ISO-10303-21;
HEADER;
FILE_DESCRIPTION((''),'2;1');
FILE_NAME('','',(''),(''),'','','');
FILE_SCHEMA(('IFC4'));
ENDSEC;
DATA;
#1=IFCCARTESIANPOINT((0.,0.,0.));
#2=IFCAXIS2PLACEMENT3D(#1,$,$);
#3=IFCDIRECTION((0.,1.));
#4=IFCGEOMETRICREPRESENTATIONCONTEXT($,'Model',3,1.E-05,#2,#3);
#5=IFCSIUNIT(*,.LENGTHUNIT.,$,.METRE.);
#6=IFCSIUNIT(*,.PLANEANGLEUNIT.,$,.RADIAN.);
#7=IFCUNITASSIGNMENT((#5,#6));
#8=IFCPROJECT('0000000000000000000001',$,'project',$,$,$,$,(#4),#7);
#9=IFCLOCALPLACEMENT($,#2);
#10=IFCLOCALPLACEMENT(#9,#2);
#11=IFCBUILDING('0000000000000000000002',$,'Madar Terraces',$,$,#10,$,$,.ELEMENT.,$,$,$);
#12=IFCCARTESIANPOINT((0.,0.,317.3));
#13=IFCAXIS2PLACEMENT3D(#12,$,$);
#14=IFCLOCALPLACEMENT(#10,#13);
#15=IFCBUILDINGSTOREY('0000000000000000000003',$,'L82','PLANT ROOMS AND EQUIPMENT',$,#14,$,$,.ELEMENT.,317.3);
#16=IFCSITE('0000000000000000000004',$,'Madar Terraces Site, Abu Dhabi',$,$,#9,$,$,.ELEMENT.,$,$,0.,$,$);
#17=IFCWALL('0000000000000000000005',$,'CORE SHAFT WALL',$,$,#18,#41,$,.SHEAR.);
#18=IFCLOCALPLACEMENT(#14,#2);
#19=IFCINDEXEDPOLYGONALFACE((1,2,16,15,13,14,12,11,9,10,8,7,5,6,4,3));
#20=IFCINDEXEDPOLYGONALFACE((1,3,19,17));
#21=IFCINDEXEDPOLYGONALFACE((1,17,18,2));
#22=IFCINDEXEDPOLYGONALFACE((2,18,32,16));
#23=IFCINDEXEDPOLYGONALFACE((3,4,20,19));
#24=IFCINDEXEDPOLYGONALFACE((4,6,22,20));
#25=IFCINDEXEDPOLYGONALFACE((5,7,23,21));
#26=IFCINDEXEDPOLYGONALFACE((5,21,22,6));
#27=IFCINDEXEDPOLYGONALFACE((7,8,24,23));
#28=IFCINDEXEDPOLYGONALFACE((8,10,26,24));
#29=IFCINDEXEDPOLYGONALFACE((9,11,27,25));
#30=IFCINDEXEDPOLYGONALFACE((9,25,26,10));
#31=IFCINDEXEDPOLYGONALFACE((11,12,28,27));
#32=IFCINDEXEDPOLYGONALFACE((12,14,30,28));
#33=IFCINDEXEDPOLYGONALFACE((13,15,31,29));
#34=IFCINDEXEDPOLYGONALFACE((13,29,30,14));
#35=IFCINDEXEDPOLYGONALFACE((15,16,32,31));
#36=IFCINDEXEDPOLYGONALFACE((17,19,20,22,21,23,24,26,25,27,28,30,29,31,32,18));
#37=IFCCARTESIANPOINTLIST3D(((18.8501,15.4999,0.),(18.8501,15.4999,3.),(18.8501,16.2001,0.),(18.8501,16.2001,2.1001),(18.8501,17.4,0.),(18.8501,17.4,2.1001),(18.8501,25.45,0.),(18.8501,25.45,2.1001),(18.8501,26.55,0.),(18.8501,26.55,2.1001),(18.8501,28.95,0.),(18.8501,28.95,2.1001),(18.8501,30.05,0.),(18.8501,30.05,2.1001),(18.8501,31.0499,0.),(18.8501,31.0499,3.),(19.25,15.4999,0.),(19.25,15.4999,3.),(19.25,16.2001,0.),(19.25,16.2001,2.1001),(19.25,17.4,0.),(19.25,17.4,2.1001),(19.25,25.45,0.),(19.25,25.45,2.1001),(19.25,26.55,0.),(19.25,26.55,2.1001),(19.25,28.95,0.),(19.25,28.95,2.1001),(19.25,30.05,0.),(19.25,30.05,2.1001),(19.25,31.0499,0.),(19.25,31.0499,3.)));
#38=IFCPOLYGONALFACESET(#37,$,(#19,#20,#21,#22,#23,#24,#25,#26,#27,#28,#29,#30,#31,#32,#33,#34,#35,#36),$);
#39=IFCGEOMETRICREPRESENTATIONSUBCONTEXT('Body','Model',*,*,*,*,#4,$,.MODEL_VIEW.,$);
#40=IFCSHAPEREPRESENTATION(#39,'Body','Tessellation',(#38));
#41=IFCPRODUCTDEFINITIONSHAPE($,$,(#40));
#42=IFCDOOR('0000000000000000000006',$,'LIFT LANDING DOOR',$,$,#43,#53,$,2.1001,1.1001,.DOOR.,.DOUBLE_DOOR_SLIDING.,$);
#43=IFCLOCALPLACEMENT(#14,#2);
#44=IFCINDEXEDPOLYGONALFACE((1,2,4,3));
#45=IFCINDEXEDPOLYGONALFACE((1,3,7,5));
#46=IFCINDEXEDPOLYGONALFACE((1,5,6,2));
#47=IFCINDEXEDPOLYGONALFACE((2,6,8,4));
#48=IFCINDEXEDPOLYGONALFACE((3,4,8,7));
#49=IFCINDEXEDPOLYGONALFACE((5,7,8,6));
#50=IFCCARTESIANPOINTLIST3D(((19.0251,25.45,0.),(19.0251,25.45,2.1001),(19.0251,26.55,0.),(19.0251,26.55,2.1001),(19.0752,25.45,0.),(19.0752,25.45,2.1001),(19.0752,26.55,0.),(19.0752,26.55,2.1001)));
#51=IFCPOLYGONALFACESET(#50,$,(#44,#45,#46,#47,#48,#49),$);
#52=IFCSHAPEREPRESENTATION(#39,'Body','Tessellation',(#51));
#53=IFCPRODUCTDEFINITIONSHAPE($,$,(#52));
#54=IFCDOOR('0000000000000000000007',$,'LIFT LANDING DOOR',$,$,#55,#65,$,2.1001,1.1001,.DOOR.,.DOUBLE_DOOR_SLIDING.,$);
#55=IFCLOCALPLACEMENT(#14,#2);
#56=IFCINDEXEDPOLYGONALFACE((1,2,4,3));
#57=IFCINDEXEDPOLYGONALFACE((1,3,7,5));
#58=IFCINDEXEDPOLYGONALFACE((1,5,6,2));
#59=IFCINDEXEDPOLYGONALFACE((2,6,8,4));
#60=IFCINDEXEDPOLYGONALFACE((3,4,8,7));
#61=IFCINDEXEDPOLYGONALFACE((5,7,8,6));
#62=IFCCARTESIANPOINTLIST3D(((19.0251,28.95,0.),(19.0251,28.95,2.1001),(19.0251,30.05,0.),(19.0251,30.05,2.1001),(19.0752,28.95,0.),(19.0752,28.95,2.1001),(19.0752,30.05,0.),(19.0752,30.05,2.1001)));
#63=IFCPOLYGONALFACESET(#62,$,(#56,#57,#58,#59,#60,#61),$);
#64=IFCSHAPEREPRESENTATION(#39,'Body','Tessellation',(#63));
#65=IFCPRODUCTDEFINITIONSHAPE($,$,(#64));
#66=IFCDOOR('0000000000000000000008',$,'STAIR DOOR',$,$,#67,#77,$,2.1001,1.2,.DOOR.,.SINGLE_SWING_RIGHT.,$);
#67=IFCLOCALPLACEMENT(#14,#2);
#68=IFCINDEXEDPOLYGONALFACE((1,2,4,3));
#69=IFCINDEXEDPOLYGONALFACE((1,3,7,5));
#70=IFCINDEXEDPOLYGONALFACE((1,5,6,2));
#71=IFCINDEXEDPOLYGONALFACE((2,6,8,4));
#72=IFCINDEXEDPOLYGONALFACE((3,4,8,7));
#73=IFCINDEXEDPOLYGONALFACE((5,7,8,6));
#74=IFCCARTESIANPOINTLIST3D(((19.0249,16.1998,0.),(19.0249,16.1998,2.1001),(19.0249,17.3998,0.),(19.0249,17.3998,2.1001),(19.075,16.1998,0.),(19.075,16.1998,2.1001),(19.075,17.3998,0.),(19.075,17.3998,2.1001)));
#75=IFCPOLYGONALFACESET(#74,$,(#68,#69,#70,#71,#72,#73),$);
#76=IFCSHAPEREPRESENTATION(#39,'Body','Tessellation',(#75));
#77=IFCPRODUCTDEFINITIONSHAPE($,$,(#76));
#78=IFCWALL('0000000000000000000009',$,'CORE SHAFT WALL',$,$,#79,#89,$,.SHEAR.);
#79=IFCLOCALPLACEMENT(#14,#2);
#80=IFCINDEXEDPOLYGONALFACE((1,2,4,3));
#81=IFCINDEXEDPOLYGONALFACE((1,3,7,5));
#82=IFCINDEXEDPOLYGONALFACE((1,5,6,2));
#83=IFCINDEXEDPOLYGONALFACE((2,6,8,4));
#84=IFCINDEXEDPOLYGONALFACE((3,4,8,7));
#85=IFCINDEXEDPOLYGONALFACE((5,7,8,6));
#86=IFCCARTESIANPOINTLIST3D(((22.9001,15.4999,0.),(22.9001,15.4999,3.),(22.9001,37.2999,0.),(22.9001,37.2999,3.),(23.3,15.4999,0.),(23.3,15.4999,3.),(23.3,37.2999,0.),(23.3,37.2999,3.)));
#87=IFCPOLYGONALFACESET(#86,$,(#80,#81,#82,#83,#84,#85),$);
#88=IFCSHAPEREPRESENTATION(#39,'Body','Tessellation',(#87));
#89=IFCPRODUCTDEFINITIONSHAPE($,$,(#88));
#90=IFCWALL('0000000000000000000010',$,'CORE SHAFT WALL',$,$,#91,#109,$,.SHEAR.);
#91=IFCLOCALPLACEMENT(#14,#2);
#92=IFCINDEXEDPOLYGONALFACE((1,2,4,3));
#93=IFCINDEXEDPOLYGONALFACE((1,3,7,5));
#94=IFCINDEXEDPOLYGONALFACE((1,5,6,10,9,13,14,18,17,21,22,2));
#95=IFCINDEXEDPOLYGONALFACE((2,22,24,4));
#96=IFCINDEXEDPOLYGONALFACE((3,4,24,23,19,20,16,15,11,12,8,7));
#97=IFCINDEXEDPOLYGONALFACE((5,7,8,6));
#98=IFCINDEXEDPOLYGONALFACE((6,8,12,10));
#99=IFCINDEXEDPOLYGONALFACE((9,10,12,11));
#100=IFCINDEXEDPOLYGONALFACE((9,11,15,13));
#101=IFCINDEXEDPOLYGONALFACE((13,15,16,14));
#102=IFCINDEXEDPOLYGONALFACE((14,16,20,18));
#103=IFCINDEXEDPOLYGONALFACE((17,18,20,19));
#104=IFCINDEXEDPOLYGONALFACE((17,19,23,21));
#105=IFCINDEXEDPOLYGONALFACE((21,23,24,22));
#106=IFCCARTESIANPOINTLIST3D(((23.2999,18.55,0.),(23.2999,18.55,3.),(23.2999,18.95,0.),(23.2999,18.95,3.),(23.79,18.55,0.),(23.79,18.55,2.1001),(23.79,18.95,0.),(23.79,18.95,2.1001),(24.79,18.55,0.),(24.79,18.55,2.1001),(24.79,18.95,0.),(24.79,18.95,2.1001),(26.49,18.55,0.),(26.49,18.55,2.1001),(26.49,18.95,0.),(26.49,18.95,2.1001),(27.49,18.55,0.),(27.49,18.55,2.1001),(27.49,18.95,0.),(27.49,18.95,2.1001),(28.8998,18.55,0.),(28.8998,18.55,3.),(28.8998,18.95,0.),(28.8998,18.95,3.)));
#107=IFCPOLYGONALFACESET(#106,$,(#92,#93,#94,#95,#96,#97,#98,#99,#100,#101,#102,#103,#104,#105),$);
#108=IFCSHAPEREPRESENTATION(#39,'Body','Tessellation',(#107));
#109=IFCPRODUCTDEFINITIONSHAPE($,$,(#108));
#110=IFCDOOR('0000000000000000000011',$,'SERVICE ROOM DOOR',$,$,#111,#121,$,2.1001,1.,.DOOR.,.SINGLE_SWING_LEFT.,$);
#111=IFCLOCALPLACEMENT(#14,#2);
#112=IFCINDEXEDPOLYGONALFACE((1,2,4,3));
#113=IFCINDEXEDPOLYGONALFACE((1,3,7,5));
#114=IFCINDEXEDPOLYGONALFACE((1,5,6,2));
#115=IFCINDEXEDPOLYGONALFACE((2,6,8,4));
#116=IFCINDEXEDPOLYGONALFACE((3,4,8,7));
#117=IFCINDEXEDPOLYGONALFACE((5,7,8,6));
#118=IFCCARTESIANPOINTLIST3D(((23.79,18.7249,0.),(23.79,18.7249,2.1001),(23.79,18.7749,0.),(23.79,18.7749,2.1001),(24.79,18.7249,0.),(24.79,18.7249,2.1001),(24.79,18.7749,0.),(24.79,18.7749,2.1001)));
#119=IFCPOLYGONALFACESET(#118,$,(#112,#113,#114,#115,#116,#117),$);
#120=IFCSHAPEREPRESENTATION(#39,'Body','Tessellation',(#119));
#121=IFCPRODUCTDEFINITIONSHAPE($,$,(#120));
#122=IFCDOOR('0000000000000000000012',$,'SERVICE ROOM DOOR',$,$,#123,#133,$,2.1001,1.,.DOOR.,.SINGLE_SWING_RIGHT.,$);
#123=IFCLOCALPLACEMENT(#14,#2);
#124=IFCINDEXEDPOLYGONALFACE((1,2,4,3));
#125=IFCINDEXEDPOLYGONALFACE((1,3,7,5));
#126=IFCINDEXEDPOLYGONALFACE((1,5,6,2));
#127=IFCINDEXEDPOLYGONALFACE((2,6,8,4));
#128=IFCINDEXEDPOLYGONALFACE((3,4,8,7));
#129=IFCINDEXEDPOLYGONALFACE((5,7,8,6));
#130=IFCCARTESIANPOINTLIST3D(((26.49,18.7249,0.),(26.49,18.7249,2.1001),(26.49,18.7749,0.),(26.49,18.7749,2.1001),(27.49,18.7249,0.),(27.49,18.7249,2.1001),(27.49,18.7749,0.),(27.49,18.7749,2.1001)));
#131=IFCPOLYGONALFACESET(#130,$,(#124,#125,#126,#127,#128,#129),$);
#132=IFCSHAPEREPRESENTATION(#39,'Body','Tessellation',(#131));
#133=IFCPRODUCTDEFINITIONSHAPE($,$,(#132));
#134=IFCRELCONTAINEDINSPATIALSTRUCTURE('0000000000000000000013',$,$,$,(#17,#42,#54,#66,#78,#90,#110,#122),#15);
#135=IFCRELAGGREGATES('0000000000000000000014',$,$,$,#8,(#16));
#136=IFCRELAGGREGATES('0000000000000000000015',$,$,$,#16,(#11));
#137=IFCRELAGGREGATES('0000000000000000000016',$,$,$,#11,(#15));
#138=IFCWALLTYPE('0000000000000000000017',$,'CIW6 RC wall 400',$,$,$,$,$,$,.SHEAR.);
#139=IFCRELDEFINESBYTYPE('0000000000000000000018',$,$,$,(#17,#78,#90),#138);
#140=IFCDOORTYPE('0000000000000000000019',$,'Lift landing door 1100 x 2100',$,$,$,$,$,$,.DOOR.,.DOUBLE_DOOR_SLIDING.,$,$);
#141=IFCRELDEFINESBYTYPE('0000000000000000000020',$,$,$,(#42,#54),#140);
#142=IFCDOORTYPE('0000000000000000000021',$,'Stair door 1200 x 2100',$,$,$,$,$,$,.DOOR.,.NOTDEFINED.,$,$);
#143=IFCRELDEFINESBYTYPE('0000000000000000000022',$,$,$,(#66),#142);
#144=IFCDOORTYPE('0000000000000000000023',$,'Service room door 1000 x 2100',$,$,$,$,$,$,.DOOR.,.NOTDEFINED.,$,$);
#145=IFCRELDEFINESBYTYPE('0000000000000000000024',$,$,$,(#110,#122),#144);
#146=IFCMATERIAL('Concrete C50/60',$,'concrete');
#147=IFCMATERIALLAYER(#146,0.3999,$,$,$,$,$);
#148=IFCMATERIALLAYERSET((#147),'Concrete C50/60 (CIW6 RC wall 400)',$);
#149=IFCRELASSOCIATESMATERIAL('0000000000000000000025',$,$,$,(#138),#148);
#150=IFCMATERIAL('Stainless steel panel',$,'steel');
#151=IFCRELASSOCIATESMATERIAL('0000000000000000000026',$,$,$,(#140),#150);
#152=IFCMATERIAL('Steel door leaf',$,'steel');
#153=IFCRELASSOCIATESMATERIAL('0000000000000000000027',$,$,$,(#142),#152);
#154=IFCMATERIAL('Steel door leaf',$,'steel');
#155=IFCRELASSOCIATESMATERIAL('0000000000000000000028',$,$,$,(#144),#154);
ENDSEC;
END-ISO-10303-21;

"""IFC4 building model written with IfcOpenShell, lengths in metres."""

from ifc_helpers import new_model, si_unit, direction, frame, frame_2d, origin, place, context, subcontext, project, spatial, rectangle, extrude, material, layer, layer_set, type_object, element, fill, save


model = new_model("IFC4")

# Units and contexts
model_context = context("Model", 3, precision=1e-05, world=origin(), true_north=direction((0.0, 1.0)))
body_context = subcontext(model_context, "Body", "Model", "MODEL_VIEW")
ifc_project = project(units=[si_unit("LENGTHUNIT", "METRE"), si_unit("PLANEANGLEUNIT", "RADIAN")], contexts=[model_context])

# Site, building, storey
site_placement = place(None, origin())
site = spatial("IfcSite", under=ifc_project, at=site_placement, Name="Madar Terraces Site, Abu Dhabi", CompositionType="ELEMENT", RefElevation=0.0)
building_placement = place(site_placement, origin())
building = spatial("IfcBuilding", under=site, at=building_placement, Name="Madar Terraces", CompositionType="ELEMENT")
storey_placement = place(building_placement, frame((0.0, 0.0, 317.3)))
storey = spatial("IfcBuildingStorey", under=building, at=storey_placement, Name="L82", Description="PLANT ROOMS AND EQUIPMENT", CompositionType="ELEMENT", Elevation=317.3)

# Wall, openings, doors
ifc_material_1 = material(Name="Concrete C50/60", Category="concrete")
ifc_layer_1 = layer(ifc_material_1, 0.3999)
ifc_layer_set_1 = layer_set([ifc_layer_1], Name="Concrete C50/60 (CIW6 RC wall 400)")
wall_type_1 = type_object("IfcWallType", Name="CIW6 RC wall 400", PredefinedType="SHEAR", material=ifc_layer_set_1)
wall_1_placement = place(storey_placement, frame((19.05, 15.5, 0.0), z_axis=(0.0, 0.0, 1.0), x_axis=(0.0, 1.0, 0.0)))
wall_1 = element("IfcWall", 1, at=wall_1_placement, inside=storey, type_object=wall_type_1, Name="CORE SHAFT WALL", PredefinedType="SHEAR", context=body_context, shape_type="SweptSolid", body=[
    extrude(rectangle(XDim=15.55, YDim=0.3999, at=frame_2d((7.7749, 0.0))), origin(), (0.0, 0.0, 1.0), 3.0),
])
opening_1_placement = place(wall_1_placement, frame((9.95, 0.0, 0.0)))
opening_1 = element("IfcOpeningElement", 2, at=opening_1_placement, cuts=wall_1, PredefinedType="OPENING", context=body_context, shape_type="SweptSolid", body=[
    extrude(rectangle(XDim=1.1001, YDim=2.1001, at=frame_2d((0.55, 1.05))), frame((0.0, 0.21, 0.0), z_axis=(0.0, -1.0, 0.0), x_axis=(1.0, 0.0, 0.0)), (0.0, 0.0, 1.0), 0.4199),
])
opening_2_placement = place(wall_1_placement, frame((13.45, 0.0, 0.0)))
opening_2 = element("IfcOpeningElement", 3, at=opening_2_placement, cuts=wall_1, PredefinedType="OPENING", context=body_context, shape_type="SweptSolid", body=[
    extrude(rectangle(XDim=1.1001, YDim=2.1001, at=frame_2d((0.55, 1.05))), frame((0.0, 0.21, 0.0), z_axis=(0.0, -1.0, 0.0), x_axis=(1.0, 0.0, 0.0)), (0.0, 0.0, 1.0), 0.4199),
])
opening_3_placement = place(wall_1_placement, frame((0.7, 0.0, 0.0)))
opening_3 = element("IfcOpeningElement", 4, at=opening_3_placement, cuts=wall_1, PredefinedType="OPENING", context=body_context, shape_type="SweptSolid", body=[
    extrude(rectangle(XDim=1.2, YDim=2.1001, at=frame_2d((0.6001, 1.05))), frame((0.0, 0.21, 0.0), z_axis=(0.0, -1.0, 0.0), x_axis=(1.0, 0.0, 0.0)), (0.0, 0.0, 1.0), 0.4199),
])
ifc_material_2 = material(Name="Stainless steel panel", Category="steel")
door_type_1 = type_object("IfcDoorType", Name="Lift landing door 1100 x 2100", OperationType="DOUBLE_DOOR_SLIDING", PredefinedType="DOOR", material=ifc_material_2)
door_1_placement = place(opening_1_placement, origin())
door_1 = element("IfcDoor", 5, at=door_1_placement, inside=storey, type_object=door_type_1, Name="LIFT LANDING DOOR", OperationType="DOUBLE_DOOR_SLIDING", OverallHeight=2.1001, OverallWidth=1.1001, PredefinedType="DOOR", context=body_context, shape_type="SweptSolid", body=[
    extrude(rectangle(XDim=1.1001, YDim=2.1001, at=frame_2d((0.55, 1.05))), frame((0.0, 0.0249, 0.0), z_axis=(0.0, -1.0, 0.0), x_axis=(1.0, 0.0, 0.0)), (0.0, 0.0, 1.0), 0.05),
])
fill(opening_1, door_1)
door_2_placement = place(opening_2_placement, origin())
door_2 = element("IfcDoor", 6, at=door_2_placement, inside=storey, type_object=door_type_1, Name="LIFT LANDING DOOR", OperationType="DOUBLE_DOOR_SLIDING", OverallHeight=2.1001, OverallWidth=1.1001, PredefinedType="DOOR", context=body_context, shape_type="SweptSolid", body=[
    extrude(rectangle(XDim=1.1001, YDim=2.1001, at=frame_2d((0.55, 1.05))), frame((0.0, 0.0249, 0.0), z_axis=(0.0, -1.0, 0.0), x_axis=(1.0, 0.0, 0.0)), (0.0, 0.0, 1.0), 0.05),
])
fill(opening_2, door_2)
ifc_material_3 = material(Name="Steel door leaf", Category="steel")
door_type_2 = type_object("IfcDoorType", Name="Stair door 1200 x 2100", OperationType="NOTDEFINED", PredefinedType="DOOR", material=ifc_material_3)
door_3_placement = place(opening_3_placement, frame((1.2, 0.0, 0.0), z_axis=(0.0, 0.0, 1.0), x_axis=(-1.0, 0.0, 0.0)))
door_3 = element("IfcDoor", 7, at=door_3_placement, inside=storey, type_object=door_type_2, Name="STAIR DOOR", OperationType="SINGLE_SWING_RIGHT", OverallHeight=2.1001, OverallWidth=1.2, PredefinedType="DOOR", context=body_context, shape_type="SweptSolid", body=[
    extrude(rectangle(XDim=1.2, YDim=2.1001, at=frame_2d((0.6001, 1.05))), frame((0.0, 0.0249, 0.0), z_axis=(0.0, -1.0, 0.0), x_axis=(1.0, 0.0, 0.0)), (0.0, 0.0, 1.0), 0.05),
])
fill(opening_3, door_3)

# Wall
wall_2_placement = place(storey_placement, frame((23.1001, 15.5, 0.0), z_axis=(0.0, 0.0, 1.0), x_axis=(0.0, 1.0, 0.0)))
element("IfcWall", 8, at=wall_2_placement, inside=storey, type_object=wall_type_1, Name="CORE SHAFT WALL", PredefinedType="SHEAR", context=body_context, shape_type="SweptSolid", body=[
    extrude(rectangle(XDim=21.8, YDim=0.3999, at=frame_2d((10.8999, 0.0))), origin(), (0.0, 0.0, 1.0), 3.0),
])

# Wall, openings, doors
wall_3_placement = place(storey_placement, frame((23.3, 18.75, 0.0), z_axis=(0.0, 0.0, 1.0), x_axis=(1.0, 0.0, 0.0)))
wall_3 = element("IfcWall", 9, at=wall_3_placement, inside=storey, type_object=wall_type_1, Name="CORE SHAFT WALL", PredefinedType="SHEAR", context=body_context, shape_type="SweptSolid", body=[
    extrude(rectangle(XDim=5.5999, YDim=0.3999, at=frame_2d((2.7998, 0.0))), origin(), (0.0, 0.0, 1.0), 3.0),
])
opening_4_placement = place(wall_3_placement, frame((0.49, 0.0, 0.0)))
opening_4 = element("IfcOpeningElement", 10, at=opening_4_placement, cuts=wall_3, PredefinedType="OPENING", context=body_context, shape_type="SweptSolid", body=[
    extrude(rectangle(XDim=1.0, YDim=2.1001, at=frame_2d((0.5, 1.05))), frame((0.0, 0.21, 0.0), z_axis=(0.0, -1.0, 0.0), x_axis=(1.0, 0.0, 0.0)), (0.0, 0.0, 1.0), 0.4199),
])
opening_5_placement = place(wall_3_placement, frame((3.1899, 0.0, 0.0)))
opening_5 = element("IfcOpeningElement", 11, at=opening_5_placement, cuts=wall_3, PredefinedType="OPENING", context=body_context, shape_type="SweptSolid", body=[
    extrude(rectangle(XDim=1.0, YDim=2.1001, at=frame_2d((0.5, 1.05))), frame((0.0, 0.21, 0.0), z_axis=(0.0, -1.0, 0.0), x_axis=(1.0, 0.0, 0.0)), (0.0, 0.0, 1.0), 0.4199),
])
ifc_material_4 = material(Name="Steel door leaf", Category="steel")
door_type_3 = type_object("IfcDoorType", Name="Service room door 1000 x 2100", OperationType="NOTDEFINED", PredefinedType="DOOR", material=ifc_material_4)
door_4_placement = place(opening_4_placement, origin())
door_4 = element("IfcDoor", 12, at=door_4_placement, inside=storey, type_object=door_type_3, Name="SERVICE ROOM DOOR", OperationType="SINGLE_SWING_LEFT", OverallHeight=2.1001, OverallWidth=1.0, PredefinedType="DOOR", context=body_context, shape_type="SweptSolid", body=[
    extrude(rectangle(XDim=1.0, YDim=2.1001, at=frame_2d((0.5, 1.05))), frame((0.0, 0.0249, 0.0), z_axis=(0.0, -1.0, 0.0), x_axis=(1.0, 0.0, 0.0)), (0.0, 0.0, 1.0), 0.05),
])
fill(opening_4, door_4)
door_5_placement = place(opening_5_placement, origin())
door_5 = element("IfcDoor", 13, at=door_5_placement, inside=storey, type_object=door_type_3, Name="SERVICE ROOM DOOR", OperationType="SINGLE_SWING_RIGHT", OverallHeight=2.1001, OverallWidth=1.0, PredefinedType="DOOR", context=body_context, shape_type="SweptSolid", body=[
    extrude(rectangle(XDim=1.0, YDim=2.1001, at=frame_2d((0.5, 1.05))), frame((0.0, 0.0249, 0.0), z_axis=(0.0, -1.0, 0.0), x_axis=(1.0, 0.0, 0.0)), (0.0, 0.0, 1.0), 0.05),
])
fill(opening_5, door_5)

save(model, "model.ifc")
